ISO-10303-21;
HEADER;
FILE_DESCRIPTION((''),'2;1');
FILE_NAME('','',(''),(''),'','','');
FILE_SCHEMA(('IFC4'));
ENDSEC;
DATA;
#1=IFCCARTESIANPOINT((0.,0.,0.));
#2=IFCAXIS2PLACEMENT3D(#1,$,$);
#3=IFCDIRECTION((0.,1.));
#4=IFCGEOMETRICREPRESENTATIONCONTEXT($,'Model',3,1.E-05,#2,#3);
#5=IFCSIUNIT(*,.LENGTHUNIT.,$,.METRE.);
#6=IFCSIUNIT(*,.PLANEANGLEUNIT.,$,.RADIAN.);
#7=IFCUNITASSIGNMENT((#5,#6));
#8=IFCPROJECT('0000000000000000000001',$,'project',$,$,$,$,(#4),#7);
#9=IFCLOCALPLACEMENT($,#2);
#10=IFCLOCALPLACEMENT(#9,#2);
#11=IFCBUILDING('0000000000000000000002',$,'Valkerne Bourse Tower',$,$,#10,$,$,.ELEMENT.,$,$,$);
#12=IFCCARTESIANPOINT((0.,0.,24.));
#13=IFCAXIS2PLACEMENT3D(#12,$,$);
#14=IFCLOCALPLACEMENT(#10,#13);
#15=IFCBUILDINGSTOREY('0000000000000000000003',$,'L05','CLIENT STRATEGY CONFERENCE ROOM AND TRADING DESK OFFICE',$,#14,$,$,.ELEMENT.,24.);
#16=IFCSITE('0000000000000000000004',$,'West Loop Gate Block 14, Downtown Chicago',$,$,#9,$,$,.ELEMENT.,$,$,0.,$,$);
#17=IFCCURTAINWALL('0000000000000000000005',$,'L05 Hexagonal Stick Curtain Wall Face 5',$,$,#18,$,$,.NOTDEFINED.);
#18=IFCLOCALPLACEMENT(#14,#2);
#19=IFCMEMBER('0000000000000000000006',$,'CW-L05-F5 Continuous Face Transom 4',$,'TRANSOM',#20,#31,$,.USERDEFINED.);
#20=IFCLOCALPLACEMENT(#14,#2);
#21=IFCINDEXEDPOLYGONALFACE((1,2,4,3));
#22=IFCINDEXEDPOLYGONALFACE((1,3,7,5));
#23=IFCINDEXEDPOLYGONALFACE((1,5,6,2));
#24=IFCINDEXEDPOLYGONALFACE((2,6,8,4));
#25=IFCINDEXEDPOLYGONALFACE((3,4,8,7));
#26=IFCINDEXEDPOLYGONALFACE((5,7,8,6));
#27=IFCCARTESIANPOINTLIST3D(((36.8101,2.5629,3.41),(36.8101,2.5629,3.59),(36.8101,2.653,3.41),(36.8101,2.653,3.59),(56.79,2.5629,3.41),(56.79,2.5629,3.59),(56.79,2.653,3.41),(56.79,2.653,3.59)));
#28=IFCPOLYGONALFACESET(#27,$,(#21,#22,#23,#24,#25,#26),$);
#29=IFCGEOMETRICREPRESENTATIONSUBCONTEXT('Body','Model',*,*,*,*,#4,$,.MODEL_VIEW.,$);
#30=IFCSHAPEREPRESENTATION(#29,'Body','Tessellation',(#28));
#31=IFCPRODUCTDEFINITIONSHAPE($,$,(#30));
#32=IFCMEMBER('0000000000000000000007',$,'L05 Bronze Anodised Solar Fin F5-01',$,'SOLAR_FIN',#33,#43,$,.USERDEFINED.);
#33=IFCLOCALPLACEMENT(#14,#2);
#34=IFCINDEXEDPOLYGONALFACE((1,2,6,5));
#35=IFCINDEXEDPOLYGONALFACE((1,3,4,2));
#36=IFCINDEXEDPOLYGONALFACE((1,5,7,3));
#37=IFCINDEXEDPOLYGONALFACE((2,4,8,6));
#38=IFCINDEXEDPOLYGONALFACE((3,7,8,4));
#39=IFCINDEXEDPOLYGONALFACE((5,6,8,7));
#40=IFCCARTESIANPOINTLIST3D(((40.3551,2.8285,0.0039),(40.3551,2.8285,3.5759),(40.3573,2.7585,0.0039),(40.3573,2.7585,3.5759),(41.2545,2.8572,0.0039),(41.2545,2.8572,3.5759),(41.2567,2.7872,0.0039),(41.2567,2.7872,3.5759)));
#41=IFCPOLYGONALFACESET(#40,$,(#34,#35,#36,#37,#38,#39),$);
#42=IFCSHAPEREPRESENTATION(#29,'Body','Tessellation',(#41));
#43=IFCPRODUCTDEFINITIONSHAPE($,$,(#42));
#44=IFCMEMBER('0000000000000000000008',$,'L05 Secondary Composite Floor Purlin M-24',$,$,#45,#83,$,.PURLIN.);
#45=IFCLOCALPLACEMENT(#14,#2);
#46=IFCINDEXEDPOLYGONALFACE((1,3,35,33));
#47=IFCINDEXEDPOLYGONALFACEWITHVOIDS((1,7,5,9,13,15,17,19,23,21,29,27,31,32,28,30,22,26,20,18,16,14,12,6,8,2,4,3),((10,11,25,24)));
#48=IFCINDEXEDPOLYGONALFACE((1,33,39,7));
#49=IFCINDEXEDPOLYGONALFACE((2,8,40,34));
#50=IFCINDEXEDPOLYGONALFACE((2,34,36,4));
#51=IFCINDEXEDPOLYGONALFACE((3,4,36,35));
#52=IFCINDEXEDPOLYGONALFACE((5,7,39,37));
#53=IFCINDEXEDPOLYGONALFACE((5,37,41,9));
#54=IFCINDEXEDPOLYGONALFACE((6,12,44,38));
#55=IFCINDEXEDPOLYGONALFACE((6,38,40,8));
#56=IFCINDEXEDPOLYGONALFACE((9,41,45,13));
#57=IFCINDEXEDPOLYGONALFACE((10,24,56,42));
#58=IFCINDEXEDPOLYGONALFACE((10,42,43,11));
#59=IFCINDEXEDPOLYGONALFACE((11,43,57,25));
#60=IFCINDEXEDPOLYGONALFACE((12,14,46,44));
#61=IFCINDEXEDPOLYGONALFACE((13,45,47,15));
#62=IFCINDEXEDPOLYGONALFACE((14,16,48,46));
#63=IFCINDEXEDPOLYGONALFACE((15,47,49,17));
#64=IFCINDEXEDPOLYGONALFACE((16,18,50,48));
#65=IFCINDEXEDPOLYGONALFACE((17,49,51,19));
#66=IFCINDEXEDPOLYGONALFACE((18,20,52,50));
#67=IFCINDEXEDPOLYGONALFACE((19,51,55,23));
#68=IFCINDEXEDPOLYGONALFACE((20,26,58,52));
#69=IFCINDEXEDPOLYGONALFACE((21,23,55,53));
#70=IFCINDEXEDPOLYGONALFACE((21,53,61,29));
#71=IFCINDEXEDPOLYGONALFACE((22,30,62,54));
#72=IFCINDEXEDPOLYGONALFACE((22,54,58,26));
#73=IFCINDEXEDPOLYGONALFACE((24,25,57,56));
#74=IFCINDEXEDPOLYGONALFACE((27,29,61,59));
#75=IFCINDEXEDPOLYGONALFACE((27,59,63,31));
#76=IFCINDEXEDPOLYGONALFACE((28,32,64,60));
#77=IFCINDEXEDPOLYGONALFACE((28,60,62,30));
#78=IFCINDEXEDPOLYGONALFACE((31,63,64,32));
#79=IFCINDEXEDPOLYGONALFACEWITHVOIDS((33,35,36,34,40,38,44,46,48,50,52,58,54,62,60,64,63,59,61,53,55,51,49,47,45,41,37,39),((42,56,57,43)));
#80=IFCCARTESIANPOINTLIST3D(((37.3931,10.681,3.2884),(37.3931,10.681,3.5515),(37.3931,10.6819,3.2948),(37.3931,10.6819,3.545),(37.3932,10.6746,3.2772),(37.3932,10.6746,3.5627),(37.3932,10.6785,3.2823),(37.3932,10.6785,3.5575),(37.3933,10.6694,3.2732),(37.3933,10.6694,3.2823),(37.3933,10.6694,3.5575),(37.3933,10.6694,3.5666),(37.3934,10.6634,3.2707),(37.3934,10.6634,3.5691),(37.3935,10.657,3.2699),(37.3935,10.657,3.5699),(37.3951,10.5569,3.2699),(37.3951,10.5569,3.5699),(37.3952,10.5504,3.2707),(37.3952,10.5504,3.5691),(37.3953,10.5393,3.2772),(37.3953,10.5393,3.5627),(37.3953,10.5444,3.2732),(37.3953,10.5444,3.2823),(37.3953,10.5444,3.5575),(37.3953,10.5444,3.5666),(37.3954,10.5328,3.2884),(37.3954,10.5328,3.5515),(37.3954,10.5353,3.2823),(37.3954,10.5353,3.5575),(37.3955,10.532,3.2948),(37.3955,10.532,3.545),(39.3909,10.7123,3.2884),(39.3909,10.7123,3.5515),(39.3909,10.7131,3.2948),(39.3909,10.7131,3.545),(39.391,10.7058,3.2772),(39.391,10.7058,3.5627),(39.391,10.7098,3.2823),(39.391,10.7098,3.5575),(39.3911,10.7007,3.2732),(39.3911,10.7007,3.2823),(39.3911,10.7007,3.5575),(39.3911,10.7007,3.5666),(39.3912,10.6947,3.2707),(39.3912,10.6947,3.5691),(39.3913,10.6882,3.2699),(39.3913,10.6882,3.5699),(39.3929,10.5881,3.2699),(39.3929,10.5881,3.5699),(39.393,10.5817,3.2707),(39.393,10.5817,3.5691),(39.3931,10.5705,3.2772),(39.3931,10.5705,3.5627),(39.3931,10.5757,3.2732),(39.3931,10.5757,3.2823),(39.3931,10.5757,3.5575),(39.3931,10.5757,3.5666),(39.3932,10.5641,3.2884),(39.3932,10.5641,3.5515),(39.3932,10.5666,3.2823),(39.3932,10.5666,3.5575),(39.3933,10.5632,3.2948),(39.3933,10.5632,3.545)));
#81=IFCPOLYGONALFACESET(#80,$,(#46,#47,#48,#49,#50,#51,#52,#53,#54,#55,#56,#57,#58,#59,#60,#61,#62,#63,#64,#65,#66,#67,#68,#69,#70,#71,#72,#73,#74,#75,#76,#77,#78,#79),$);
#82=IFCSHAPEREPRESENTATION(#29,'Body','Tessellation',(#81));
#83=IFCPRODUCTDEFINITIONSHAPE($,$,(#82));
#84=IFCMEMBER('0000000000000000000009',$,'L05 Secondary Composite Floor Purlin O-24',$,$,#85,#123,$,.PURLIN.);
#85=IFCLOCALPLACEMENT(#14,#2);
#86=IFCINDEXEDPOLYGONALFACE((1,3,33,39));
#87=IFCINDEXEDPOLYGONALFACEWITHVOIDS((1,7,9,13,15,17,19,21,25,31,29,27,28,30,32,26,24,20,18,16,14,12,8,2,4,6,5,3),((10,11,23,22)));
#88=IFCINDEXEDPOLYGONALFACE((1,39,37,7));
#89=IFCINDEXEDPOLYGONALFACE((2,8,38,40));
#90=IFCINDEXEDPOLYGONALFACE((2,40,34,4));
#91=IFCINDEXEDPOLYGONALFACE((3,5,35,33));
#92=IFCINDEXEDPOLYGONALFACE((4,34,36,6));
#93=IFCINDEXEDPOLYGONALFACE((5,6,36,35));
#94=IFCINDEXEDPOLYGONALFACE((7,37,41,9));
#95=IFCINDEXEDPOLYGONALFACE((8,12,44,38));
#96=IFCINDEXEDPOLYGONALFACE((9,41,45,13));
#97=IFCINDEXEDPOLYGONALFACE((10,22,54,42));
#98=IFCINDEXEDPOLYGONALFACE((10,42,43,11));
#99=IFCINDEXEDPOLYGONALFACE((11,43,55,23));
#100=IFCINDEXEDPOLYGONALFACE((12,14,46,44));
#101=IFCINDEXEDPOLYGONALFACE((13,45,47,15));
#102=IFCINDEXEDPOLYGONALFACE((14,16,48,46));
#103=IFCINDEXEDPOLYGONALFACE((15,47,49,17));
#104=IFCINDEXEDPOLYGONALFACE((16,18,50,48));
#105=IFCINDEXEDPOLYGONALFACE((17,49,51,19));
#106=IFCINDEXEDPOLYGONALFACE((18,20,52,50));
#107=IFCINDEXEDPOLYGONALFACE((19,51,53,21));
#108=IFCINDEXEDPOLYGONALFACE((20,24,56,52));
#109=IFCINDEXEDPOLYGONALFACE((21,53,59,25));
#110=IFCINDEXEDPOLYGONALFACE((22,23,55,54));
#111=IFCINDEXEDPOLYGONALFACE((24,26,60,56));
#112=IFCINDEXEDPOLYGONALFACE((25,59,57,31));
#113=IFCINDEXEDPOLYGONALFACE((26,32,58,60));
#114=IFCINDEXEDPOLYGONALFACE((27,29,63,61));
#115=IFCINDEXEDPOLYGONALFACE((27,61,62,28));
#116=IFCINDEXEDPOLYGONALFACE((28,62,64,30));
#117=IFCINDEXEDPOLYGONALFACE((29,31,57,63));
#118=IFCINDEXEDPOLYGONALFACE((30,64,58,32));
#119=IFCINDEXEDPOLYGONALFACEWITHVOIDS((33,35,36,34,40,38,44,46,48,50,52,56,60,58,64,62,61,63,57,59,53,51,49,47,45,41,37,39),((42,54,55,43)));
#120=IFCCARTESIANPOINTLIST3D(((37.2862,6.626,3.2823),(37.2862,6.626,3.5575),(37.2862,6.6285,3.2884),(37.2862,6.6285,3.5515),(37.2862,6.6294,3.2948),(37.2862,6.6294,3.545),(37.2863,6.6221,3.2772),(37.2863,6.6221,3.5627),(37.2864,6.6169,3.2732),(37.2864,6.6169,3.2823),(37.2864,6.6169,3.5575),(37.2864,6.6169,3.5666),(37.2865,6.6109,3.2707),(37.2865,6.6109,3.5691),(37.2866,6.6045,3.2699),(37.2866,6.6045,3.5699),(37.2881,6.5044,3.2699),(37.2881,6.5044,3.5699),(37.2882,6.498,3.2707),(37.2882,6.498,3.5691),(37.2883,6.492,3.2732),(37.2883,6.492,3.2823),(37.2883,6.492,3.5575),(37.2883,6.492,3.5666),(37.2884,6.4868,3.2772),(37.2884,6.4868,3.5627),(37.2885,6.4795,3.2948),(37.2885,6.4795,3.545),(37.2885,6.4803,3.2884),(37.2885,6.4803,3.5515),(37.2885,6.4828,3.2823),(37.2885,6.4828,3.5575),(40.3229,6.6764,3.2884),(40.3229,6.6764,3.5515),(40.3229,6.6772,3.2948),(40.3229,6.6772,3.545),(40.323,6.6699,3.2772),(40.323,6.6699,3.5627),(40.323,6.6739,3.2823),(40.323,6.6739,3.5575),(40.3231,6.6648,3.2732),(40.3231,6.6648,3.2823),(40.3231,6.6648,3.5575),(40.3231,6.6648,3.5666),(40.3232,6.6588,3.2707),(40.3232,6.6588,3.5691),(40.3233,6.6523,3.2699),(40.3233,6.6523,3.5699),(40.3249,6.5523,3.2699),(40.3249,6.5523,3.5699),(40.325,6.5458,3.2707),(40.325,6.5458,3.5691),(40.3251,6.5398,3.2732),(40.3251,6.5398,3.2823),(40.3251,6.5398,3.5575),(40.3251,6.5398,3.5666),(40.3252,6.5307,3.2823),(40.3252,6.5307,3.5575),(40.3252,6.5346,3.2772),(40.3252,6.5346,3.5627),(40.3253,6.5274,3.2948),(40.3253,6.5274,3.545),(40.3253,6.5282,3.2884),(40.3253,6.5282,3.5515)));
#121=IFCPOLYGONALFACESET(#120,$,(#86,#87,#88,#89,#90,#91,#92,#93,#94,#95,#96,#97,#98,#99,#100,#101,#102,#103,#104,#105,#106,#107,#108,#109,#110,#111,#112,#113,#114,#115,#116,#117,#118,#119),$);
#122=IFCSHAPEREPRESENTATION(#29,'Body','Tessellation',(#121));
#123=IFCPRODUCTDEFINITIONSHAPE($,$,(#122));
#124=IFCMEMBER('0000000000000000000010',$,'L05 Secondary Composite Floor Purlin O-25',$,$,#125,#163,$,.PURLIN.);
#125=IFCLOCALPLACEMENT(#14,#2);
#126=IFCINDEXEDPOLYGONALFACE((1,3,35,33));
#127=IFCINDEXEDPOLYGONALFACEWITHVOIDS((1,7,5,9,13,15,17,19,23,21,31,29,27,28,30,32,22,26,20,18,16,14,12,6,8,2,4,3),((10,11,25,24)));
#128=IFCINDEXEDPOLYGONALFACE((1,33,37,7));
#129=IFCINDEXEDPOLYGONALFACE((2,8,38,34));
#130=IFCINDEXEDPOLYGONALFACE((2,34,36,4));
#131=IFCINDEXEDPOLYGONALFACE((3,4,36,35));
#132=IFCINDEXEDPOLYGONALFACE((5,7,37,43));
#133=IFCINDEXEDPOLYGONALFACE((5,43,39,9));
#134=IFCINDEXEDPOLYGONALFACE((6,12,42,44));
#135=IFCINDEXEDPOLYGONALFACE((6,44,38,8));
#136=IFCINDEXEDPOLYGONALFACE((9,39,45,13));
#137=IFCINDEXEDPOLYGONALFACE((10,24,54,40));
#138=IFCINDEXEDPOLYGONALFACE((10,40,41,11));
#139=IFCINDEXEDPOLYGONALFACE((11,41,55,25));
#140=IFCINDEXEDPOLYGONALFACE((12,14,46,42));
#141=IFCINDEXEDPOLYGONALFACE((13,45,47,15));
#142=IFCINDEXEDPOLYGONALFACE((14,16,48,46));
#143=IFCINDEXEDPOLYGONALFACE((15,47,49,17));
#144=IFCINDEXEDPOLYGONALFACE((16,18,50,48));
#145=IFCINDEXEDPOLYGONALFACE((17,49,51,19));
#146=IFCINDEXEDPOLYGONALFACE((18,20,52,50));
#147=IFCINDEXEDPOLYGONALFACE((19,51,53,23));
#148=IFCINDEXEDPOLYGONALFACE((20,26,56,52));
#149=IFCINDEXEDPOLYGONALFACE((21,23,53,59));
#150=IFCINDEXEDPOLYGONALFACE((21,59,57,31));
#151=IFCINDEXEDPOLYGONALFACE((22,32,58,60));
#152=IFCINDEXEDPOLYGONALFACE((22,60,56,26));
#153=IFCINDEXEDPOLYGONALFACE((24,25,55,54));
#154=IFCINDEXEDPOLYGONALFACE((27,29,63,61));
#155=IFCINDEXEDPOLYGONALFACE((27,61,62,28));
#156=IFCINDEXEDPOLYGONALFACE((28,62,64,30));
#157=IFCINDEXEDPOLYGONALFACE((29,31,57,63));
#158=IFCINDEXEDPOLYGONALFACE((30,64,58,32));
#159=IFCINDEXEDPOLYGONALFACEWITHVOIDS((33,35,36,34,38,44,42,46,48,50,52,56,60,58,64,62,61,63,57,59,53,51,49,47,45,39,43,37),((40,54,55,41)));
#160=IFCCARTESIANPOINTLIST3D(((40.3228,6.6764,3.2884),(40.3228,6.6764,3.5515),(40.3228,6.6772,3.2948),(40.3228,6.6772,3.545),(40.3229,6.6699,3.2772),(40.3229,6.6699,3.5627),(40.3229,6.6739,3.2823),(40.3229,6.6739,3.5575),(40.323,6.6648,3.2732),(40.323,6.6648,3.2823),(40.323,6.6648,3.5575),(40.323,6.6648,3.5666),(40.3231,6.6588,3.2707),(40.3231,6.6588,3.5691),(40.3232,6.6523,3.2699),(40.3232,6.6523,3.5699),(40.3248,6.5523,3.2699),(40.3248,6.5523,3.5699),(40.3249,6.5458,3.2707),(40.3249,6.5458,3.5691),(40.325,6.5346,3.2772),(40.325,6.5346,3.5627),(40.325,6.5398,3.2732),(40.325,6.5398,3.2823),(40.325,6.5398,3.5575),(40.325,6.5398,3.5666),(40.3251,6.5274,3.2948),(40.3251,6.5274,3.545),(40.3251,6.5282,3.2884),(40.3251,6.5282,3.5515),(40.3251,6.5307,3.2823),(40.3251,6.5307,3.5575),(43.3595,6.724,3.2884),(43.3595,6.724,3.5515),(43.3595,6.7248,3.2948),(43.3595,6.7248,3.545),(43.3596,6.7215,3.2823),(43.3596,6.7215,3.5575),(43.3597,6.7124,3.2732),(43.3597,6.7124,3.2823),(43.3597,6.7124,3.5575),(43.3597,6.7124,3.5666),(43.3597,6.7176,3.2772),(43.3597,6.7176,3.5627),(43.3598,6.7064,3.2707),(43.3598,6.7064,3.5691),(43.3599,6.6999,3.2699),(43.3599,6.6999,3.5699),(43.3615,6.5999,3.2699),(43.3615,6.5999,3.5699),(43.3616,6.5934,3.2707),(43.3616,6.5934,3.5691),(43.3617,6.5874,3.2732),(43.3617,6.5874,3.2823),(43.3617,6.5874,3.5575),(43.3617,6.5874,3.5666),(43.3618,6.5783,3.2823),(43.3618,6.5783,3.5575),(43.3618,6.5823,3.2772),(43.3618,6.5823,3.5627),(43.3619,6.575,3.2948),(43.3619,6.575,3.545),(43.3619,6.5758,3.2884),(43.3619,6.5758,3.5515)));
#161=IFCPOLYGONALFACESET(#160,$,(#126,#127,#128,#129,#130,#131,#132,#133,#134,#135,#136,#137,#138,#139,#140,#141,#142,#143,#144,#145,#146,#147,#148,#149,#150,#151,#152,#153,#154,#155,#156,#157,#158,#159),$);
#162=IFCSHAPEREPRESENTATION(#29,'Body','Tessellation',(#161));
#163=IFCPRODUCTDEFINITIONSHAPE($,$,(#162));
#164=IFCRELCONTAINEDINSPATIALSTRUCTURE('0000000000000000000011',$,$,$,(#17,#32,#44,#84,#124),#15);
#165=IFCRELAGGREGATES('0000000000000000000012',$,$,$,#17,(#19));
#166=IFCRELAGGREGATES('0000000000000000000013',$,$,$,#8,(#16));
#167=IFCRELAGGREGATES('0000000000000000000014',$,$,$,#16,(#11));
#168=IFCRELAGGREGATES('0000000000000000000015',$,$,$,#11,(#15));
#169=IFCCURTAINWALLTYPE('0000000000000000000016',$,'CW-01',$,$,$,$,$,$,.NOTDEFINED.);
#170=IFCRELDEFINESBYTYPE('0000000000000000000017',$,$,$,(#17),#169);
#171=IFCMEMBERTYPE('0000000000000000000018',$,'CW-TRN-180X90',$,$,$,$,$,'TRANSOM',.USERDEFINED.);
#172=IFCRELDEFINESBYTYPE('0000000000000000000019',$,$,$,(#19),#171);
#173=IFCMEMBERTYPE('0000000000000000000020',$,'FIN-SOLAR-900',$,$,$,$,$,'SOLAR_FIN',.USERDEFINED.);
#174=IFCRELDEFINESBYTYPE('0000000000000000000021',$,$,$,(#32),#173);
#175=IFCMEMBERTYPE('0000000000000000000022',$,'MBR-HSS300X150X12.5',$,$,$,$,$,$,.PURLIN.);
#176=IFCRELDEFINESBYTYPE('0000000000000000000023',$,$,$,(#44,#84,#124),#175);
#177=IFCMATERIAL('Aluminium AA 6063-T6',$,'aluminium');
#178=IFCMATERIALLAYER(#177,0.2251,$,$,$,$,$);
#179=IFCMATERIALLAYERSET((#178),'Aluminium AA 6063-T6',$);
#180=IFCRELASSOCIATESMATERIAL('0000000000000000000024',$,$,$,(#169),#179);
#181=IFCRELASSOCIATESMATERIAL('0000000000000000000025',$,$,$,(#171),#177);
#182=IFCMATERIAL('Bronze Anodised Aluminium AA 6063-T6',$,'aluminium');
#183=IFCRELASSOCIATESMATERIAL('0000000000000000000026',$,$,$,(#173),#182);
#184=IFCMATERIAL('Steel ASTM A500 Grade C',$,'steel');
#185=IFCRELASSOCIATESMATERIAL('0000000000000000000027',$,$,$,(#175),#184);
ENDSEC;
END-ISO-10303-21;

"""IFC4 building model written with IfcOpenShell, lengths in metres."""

from ifc_helpers import new_model, si_unit, direction, frame, origin, origin_2d, place, context, subcontext, project, spatial, rectangle, hollow_rectangle, extrude, material, layer, layer_set, material_profile, profile_set, type_object, element, aggregate, save


model = new_model("IFC4")

# Units and contexts
model_context = context("Model", 3, precision=1e-05, world=origin(), true_north=direction((0.0, 1.0)))
body_context = subcontext(model_context, "Body", "Model", "MODEL_VIEW")
ifc_project = project(units=[si_unit("LENGTHUNIT", "METRE"), si_unit("PLANEANGLEUNIT", "RADIAN")], contexts=[model_context])

# Site, building, storey
site_placement = place(None, origin())
site = spatial("IfcSite", under=ifc_project, at=site_placement, Name="West Loop Gate Block 14, Downtown Chicago", CompositionType="ELEMENT", RefElevation=0.0)
building_placement = place(site_placement, origin())
building = spatial("IfcBuilding", under=site, at=building_placement, Name="Valkerne Bourse Tower", CompositionType="ELEMENT")
storey_placement = place(building_placement, frame((0.0, 0.0, 24.0)))
storey = spatial("IfcBuildingStorey", under=building, at=storey_placement, Name="L05", Description="CLIENT STRATEGY CONFERENCE ROOM AND TRADING DESK OFFICE", CompositionType="ELEMENT", Elevation=24.0)

# Curtain wall, member
ifc_material_1 = material(Name="Aluminium AA 6063-T6", Category="aluminium")
ifc_layer_1 = layer(ifc_material_1, 0.2251)
ifc_layer_set_1 = layer_set([ifc_layer_1], Name="Aluminium AA 6063-T6")
curtain_wall_type = type_object("IfcCurtainWallType", Name="CW-01", PredefinedType="NOTDEFINED", material=ifc_layer_set_1)
curtain_wall_placement = place(storey_placement, origin())
curtain_wall = element("IfcCurtainWall", 1, at=curtain_wall_placement, inside=storey, type_object=curtain_wall_type, Name="L05 Hexagonal Stick Curtain Wall Face 5", PredefinedType="NOTDEFINED")
ifc_material_profile_1 = material_profile(ifc_material_1, rectangle(XDim=0.0901, YDim=0.1799, at=origin_2d()), Name="CWT-90X180")
ifc_profile_set_1 = profile_set([ifc_material_profile_1], Name="Aluminium AA 6063-T6")
member_type_1 = type_object("IfcMemberType", Name="CW-TRN-180X90", ElementType="TRANSOM", PredefinedType="USERDEFINED", material=ifc_profile_set_1)
member_1_placement = place(storey_placement, frame((36.8101, 2.6079, 3.5), z_axis=(1.0, 0.0, 0.0), x_axis=(0.0, 1.0, 0.0)))
member_1 = element("IfcMember", 2, at=member_1_placement, type_object=member_type_1, Name="CW-L05-F5 Continuous Face Transom 4", ObjectType="TRANSOM", PredefinedType="USERDEFINED", context=body_context, shape_type="SweptSolid", body=[
    extrude(rectangle(XDim=0.0901, YDim=0.1799, at=origin_2d()), origin(), (0.0, 0.0, 1.0), 19.98),
])

# Members
ifc_material_2 = material(Name="Bronze Anodised Aluminium AA 6063-T6", Category="aluminium")
ifc_material_profile_2 = material_profile(ifc_material_2, rectangle(XDim=0.0701, YDim=0.8999, at=origin_2d()), Name="FIN-70X900")
ifc_profile_set_2 = profile_set([ifc_material_profile_2], Name="Bronze Anodised Aluminium AA 6063-T6")
member_type_2 = type_object("IfcMemberType", Name="FIN-SOLAR-900", ElementType="SOLAR_FIN", PredefinedType="USERDEFINED", material=ifc_profile_set_2)
member_2_placement = place(storey_placement, frame((40.8059, 2.8079, 0.0039), z_axis=(0.0, 0.0, 1.0), x_axis=(0.031888, -0.999491, 0.0)))
element("IfcMember", 3, at=member_2_placement, inside=storey, type_object=member_type_2, Name="L05 Bronze Anodised Solar Fin F5-01", ObjectType="SOLAR_FIN", PredefinedType="USERDEFINED", context=body_context, shape_type="SweptSolid", body=[
    extrude(rectangle(XDim=0.0701, YDim=0.8999, at=origin_2d()), origin(), (0.0, 0.0, 1.0), 3.572),
])
ifc_material_3 = material(Name="Steel ASTM A500 Grade C", Category="steel")
ifc_material_profile_3 = material_profile(ifc_material_3, hollow_rectangle(XDim=0.1499, YDim=0.3, WallThickness=0.0125, OuterFilletRadius=0.0249, at=origin_2d()), Name="HSS300X150X12.5")
ifc_profile_set_3 = profile_set([ifc_material_profile_3], Name="Steel ASTM A500 Grade C")
member_type_3 = type_object("IfcMemberType", Name="MBR-HSS300X150X12.5", PredefinedType="PURLIN", material=ifc_profile_set_3)
member_3_placement = place(storey_placement, frame((37.3943, 10.6069, 3.4199), z_axis=(0.999878, 0.01564, 0.0), x_axis=(-0.01564, 0.999878, 0.0)))
element("IfcMember", 4, at=member_3_placement, inside=storey, type_object=member_type_3, Name="L05 Secondary Composite Floor Purlin M-24", PredefinedType="PURLIN", context=body_context, shape_type="SweptSolid", body=[
    extrude(hollow_rectangle(XDim=0.1499, YDim=0.3, WallThickness=0.0125, OuterFilletRadius=0.0249, at=origin_2d()), origin(), (0.0, 0.0, 1.0), 1.998),
])
for number, where, z_axis, x_axis, name in (
    (5, (37.2874, 6.5544, 3.4199), (0.999876, 0.015756, 0.0), (-0.015756, 0.999876, 0.0), "L05 Secondary Composite Floor Purlin O-24"),
    (6, (40.324, 6.6023, 3.4199), (0.999877, 0.015676, 0.0), (-0.015676, 0.999877, 0.0), "L05 Secondary Composite Floor Purlin O-25"),
):
    element("IfcMember", number, at=place(storey_placement, frame(where, z_axis=z_axis, x_axis=x_axis)), inside=storey, type_object=member_type_3, Name=name, PredefinedType="PURLIN", context=body_context, shape_type="SweptSolid", body=[
        extrude(hollow_rectangle(XDim=0.1499, YDim=0.3, WallThickness=0.0125, OuterFilletRadius=0.0249, at=origin_2d()), origin(), (0.0, 0.0, 1.0), 3.0371),
    ])

aggregate(curtain_wall, [member_1])

save(model, "model.ifc")
